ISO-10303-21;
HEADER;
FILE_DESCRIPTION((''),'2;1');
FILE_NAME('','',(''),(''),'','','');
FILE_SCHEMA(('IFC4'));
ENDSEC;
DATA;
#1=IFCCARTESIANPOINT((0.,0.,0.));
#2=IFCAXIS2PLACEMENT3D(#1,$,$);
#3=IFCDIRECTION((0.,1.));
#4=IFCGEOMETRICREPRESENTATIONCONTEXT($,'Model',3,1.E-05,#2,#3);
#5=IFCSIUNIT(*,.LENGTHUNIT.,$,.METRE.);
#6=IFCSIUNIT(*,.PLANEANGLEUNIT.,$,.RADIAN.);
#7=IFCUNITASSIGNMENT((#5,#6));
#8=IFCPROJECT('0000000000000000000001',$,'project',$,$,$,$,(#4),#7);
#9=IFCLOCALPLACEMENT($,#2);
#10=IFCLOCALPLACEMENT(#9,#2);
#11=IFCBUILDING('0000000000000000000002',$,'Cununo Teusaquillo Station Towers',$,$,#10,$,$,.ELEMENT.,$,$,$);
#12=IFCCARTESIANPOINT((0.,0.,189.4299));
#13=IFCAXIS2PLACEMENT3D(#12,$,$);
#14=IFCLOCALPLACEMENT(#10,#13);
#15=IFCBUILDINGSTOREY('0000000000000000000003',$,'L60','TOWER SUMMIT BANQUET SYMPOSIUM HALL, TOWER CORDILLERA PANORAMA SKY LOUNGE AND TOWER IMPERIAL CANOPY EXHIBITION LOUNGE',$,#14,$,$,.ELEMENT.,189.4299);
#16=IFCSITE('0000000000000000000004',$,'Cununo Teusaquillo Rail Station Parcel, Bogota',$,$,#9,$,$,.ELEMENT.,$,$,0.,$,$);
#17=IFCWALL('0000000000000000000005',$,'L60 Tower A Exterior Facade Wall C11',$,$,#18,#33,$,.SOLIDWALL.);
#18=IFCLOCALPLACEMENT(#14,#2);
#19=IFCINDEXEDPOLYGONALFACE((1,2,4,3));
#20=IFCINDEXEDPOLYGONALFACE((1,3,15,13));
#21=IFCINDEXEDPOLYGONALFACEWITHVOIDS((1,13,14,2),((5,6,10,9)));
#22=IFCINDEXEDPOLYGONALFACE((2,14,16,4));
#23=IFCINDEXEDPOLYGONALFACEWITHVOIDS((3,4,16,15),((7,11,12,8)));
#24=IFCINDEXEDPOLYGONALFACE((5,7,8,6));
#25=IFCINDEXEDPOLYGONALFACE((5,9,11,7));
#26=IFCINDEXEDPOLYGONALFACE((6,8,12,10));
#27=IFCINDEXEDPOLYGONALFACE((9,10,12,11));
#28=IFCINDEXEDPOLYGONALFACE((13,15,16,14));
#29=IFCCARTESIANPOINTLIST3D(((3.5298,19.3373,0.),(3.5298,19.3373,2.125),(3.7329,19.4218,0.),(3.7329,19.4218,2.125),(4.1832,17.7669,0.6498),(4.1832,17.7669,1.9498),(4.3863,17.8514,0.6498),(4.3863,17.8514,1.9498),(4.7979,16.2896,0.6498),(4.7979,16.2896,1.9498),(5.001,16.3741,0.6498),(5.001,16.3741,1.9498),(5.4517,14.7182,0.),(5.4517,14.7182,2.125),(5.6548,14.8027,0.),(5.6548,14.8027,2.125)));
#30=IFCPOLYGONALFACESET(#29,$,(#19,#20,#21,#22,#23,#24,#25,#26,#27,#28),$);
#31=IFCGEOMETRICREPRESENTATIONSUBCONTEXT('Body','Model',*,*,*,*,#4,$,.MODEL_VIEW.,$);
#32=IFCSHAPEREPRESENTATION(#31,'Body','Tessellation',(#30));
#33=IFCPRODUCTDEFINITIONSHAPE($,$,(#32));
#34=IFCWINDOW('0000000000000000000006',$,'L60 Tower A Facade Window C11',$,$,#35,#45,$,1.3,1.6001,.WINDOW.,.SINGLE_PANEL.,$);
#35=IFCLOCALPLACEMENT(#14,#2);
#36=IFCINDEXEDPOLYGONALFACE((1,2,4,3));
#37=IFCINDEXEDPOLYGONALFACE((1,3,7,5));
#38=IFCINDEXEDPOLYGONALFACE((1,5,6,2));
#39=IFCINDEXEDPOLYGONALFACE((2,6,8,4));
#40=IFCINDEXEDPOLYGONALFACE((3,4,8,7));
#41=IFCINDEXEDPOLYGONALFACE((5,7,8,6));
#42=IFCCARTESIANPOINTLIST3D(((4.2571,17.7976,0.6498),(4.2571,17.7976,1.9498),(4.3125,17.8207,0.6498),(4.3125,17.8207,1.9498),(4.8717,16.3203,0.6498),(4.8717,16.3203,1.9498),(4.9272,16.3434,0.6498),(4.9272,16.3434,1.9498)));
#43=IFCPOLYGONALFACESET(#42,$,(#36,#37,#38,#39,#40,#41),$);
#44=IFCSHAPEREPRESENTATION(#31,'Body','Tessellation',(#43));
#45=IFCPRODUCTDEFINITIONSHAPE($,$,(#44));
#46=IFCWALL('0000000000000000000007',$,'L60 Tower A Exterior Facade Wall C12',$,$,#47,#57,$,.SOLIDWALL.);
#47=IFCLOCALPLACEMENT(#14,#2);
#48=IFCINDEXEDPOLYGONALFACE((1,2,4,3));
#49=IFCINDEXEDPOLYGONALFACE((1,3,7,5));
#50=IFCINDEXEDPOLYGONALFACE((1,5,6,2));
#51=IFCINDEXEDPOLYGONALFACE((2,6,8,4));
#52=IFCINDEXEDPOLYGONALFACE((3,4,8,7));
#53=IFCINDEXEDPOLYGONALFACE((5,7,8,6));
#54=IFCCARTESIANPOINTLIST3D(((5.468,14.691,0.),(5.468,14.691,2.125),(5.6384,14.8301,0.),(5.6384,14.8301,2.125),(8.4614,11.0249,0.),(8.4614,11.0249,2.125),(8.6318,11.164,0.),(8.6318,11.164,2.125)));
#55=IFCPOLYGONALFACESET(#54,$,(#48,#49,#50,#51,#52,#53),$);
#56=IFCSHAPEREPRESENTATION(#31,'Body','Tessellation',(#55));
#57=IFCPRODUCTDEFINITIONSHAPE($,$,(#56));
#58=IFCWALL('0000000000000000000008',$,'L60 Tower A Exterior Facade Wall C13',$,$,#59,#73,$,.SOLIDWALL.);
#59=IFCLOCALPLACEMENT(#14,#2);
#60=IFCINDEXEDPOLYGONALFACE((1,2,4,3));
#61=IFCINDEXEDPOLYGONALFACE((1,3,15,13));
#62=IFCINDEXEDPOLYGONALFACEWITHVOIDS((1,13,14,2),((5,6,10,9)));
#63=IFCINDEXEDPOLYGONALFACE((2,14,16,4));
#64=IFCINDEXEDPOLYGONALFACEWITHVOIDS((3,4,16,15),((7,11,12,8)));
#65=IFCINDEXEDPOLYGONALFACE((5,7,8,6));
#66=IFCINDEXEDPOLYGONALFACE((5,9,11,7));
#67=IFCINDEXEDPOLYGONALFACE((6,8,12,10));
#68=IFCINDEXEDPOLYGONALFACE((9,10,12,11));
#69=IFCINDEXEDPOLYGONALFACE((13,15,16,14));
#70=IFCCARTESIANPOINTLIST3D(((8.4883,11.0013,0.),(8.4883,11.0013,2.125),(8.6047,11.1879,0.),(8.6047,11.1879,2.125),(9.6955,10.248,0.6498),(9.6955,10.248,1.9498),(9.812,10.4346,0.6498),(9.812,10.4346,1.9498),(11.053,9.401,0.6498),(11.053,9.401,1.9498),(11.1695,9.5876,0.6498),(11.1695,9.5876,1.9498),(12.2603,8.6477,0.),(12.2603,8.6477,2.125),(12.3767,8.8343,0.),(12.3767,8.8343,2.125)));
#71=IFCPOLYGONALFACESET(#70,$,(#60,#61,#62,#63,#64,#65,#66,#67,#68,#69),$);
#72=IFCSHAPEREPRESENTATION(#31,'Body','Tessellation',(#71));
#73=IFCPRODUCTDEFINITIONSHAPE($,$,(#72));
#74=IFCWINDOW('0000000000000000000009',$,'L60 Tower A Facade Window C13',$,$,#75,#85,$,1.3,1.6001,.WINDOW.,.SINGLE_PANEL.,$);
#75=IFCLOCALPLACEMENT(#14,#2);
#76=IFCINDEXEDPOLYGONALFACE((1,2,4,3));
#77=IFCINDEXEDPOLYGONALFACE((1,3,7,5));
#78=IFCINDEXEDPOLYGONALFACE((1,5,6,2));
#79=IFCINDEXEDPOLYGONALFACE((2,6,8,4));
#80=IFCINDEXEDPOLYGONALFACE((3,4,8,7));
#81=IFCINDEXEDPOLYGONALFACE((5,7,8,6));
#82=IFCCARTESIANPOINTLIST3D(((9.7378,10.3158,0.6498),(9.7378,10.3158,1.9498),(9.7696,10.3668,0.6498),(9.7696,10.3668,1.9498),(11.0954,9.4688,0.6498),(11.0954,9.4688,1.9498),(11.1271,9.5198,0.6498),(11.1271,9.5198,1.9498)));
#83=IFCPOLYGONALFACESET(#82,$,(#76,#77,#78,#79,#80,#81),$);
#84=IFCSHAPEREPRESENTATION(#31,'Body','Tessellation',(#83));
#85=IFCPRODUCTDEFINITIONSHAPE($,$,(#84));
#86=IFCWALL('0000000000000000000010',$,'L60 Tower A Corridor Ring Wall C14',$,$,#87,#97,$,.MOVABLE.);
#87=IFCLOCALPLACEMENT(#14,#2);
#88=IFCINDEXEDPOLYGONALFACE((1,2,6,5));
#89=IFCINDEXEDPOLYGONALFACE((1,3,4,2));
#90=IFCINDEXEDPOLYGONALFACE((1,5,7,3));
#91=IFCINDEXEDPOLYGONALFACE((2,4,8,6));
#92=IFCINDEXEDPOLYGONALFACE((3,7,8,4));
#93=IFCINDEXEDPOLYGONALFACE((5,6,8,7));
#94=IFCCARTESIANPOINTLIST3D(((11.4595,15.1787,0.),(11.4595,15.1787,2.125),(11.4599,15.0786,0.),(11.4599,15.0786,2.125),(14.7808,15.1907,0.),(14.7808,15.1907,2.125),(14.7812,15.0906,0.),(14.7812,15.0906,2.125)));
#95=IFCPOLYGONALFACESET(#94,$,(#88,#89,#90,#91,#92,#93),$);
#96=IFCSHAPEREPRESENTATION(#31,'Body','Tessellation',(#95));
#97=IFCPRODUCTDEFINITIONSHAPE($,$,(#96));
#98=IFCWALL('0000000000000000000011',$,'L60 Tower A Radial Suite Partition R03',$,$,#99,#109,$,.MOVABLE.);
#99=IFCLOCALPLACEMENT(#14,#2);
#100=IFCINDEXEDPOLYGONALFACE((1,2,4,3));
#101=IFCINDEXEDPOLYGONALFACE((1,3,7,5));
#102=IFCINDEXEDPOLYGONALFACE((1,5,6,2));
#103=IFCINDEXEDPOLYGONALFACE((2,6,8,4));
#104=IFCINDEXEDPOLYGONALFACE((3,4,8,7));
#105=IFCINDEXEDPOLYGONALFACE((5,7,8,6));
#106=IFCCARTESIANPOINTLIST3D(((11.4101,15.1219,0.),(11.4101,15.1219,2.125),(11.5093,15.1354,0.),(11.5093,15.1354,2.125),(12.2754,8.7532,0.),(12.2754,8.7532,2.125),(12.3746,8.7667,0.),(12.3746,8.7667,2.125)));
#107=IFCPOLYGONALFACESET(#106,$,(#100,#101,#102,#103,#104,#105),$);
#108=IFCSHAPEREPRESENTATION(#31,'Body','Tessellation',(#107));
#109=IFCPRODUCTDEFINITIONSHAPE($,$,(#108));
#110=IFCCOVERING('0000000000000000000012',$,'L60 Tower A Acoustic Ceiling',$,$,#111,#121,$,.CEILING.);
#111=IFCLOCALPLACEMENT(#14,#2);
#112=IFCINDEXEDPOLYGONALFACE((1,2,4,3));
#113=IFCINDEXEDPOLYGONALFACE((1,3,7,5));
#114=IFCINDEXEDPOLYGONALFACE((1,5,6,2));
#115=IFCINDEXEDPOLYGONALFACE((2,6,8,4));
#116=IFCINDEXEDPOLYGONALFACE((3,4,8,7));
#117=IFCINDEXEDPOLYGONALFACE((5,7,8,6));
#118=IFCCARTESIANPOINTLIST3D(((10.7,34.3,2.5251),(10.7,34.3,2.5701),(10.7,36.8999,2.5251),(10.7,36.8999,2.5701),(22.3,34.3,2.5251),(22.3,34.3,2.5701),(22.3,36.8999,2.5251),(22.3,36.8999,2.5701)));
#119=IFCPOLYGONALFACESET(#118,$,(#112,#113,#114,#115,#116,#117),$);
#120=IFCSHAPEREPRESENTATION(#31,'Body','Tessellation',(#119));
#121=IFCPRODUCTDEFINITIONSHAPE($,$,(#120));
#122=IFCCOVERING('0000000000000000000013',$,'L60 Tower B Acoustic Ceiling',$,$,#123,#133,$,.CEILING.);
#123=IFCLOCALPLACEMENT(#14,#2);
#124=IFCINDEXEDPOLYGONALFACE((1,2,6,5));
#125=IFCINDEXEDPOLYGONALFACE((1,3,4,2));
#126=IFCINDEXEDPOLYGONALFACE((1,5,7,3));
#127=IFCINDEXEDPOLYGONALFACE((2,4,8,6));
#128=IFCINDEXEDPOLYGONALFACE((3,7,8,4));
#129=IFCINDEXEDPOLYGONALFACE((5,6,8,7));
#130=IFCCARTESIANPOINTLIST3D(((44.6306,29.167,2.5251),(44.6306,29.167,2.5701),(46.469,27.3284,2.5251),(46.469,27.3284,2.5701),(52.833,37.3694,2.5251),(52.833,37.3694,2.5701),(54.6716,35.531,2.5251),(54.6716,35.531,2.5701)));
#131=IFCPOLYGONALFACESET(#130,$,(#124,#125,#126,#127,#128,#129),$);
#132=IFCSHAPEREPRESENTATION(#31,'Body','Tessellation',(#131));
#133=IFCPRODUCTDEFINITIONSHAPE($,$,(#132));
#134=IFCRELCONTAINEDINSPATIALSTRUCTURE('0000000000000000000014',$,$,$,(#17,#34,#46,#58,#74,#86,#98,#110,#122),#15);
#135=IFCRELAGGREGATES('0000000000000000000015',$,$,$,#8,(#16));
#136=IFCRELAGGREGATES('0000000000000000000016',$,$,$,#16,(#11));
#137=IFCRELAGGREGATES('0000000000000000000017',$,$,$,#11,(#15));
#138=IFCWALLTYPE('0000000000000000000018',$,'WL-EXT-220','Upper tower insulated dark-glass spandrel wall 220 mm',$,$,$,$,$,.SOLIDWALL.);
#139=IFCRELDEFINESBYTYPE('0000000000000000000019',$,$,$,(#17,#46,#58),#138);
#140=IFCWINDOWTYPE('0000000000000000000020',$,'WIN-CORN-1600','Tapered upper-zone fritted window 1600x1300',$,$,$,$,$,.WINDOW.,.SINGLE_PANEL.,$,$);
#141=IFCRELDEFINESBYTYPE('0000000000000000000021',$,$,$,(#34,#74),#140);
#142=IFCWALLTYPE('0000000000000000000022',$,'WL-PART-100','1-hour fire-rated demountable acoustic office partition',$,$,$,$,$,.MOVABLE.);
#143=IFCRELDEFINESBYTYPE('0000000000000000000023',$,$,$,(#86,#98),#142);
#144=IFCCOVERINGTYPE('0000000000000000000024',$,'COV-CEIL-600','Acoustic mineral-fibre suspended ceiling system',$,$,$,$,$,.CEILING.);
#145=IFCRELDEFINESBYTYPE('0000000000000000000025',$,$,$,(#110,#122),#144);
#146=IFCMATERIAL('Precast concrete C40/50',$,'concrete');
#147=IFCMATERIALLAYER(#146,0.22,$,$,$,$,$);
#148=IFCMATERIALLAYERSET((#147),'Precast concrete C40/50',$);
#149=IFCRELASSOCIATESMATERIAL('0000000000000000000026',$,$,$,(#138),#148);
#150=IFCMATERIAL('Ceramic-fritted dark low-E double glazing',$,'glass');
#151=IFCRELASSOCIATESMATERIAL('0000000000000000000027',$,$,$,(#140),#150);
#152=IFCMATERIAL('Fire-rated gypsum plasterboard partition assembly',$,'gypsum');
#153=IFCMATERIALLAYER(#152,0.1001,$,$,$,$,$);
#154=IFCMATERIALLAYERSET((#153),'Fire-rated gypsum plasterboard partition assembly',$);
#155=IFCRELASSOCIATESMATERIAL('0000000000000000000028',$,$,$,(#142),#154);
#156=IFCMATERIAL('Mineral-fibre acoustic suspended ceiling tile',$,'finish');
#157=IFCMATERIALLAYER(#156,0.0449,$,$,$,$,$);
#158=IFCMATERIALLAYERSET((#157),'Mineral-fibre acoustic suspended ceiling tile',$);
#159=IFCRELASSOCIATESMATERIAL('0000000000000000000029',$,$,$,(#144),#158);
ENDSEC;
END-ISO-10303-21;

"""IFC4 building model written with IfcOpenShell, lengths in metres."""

from ifc_helpers import new_model, si_unit, direction, frame, frame_2d, origin, place, context, subcontext, project, spatial, polyline, rectangle, outline, extrude, source, transform, mapped, material, layer, layer_set, type_object, element, fill, save


model = new_model("IFC4")

# Units and contexts
model_context = context("Model", 3, precision=1e-05, world=origin(), true_north=direction((0.0, 1.0)))
body_context = subcontext(model_context, "Body", "Model", "MODEL_VIEW")
ifc_project = project(units=[si_unit("LENGTHUNIT", "METRE"), si_unit("PLANEANGLEUNIT", "RADIAN")], contexts=[model_context])

# Site, building, storey
site_placement = place(None, origin())
site = spatial("IfcSite", under=ifc_project, at=site_placement, Name="Cununo Teusaquillo Rail Station Parcel, Bogota", CompositionType="ELEMENT", RefElevation=0.0)
building_placement = place(site_placement, origin())
building = spatial("IfcBuilding", under=site, at=building_placement, Name="Cununo Teusaquillo Station Towers", CompositionType="ELEMENT")
storey_placement = place(building_placement, frame((0.0, 0.0, 189.4299)))
storey = spatial("IfcBuildingStorey", under=building, at=storey_placement, Name="L60", Description="TOWER SUMMIT BANQUET SYMPOSIUM HALL, TOWER CORDILLERA PANORAMA SKY LOUNGE AND TOWER IMPERIAL CANOPY EXHIBITION LOUNGE", CompositionType="ELEMENT", Elevation=189.4299)

# Wall, opening, window
ifc_material_1 = material(Name="Precast concrete C40/50", Category="concrete")
ifc_layer_1 = layer(ifc_material_1, 0.22)
ifc_layer_set_1 = layer_set([ifc_layer_1], Name="Precast concrete C40/50")
wall_type_1 = type_object("IfcWallType", Name="WL-EXT-220", Description="Upper tower insulated dark-glass spandrel wall 220 mm", PredefinedType="SOLIDWALL", material=ifc_layer_set_1)
wall_1_placement = place(storey_placement, frame((5.5532, 14.7605, 0.0), z_axis=(0.0, 0.0, 1.0), x_axis=(-0.384144, 0.923273, 0.0)))
wall_1 = element("IfcWall", 1, at=wall_1_placement, inside=storey, type_object=wall_type_1, Name="L60 Tower A Exterior Facade Wall C11", PredefinedType="SOLIDWALL", context=body_context, shape_type="SweptSolid", body=[
    extrude(rectangle(XDim=5.0029, YDim=0.22, at=frame_2d((2.5015, 0.0))), origin(), (0.0, 0.0, 1.0), 2.125),
])
shared_shape_1 = source(origin(), body_context, "Body", "SweptSolid", [
    extrude(rectangle(XDim=1.6001, YDim=1.3, at=frame_2d((0.8, 0.6499))), frame((0.0, 0.1199, 0.0), z_axis=(0.0, -1.0, 0.0), x_axis=(1.0, 0.0, 0.0)), (0.0, 0.0, 1.0), 0.24),
])
opening_1_placement = place(wall_1_placement, frame((1.7019, 0.0, 0.6499)))
opening_1 = element("IfcOpeningElement", 2, at=opening_1_placement, cuts=wall_1, PredefinedType="OPENING", context=body_context, shape_type="MappedRepresentation", body=[
    mapped(shared_shape_1, transform((0.0, 0.0, 0.0), x_axis=(1.0, 0.0, 0.0), y_axis=(0.0, 1.0, 0.0), z_axis=(0.0, 0.0, 1.0), scale=1.0)),
])
ifc_material_2 = material(Name="Ceramic-fritted dark low-E double glazing", Category="glass")
window_type = type_object("IfcWindowType", Name="WIN-CORN-1600", Description="Tapered upper-zone fritted window 1600x1300", PartitioningType="SINGLE_PANEL", PredefinedType="WINDOW", material=ifc_material_2)
shared_shape_2 = source(origin(), body_context, "Body", "SweptSolid", [
    extrude(rectangle(XDim=1.6001, YDim=1.3, at=frame_2d((0.8, 0.6499))), frame((0.0, 0.03, 0.0), z_axis=(0.0, -1.0, 0.0), x_axis=(1.0, 0.0, 0.0)), (0.0, 0.0, 1.0), 0.0601),
])
window_1_placement = place(opening_1_placement, origin())
window_1 = element("IfcWindow", 3, at=window_1_placement, inside=storey, type_object=window_type, Name="L60 Tower A Facade Window C11", OverallHeight=1.3, OverallWidth=1.6001, PartitioningType="SINGLE_PANEL", PredefinedType="WINDOW", context=body_context, shape_type="MappedRepresentation", body=[
    mapped(shared_shape_2, transform((0.0, 0.0, 0.0), x_axis=(1.0, 0.0, 0.0), y_axis=(0.0, 1.0, 0.0), z_axis=(0.0, 0.0, 1.0), scale=1.0)),
])
fill(opening_1, window_1)

# Wall
wall_2_placement = place(storey_placement, frame((8.5466, 11.0945, 0.0), z_axis=(0.0, 0.0, 1.0), x_axis=(-0.632471, 0.774584, 0.0)))
element("IfcWall", 4, at=wall_2_placement, inside=storey, type_object=wall_type_1, Name="L60 Tower A Exterior Facade Wall C12", PredefinedType="SOLIDWALL", context=body_context, shape_type="SweptSolid", body=[
    extrude(rectangle(XDim=4.7329, YDim=0.22, at=frame_2d((2.3665, 0.0))), origin(), (0.0, 0.0, 1.0), 2.125),
])

# Wall, opening, window
wall_3_placement = place(storey_placement, frame((12.3186, 8.741, 0.0), z_axis=(0.0, 0.0, 1.0), x_axis=(-0.848399, 0.529357, 0.0)))
wall_3 = element("IfcWall", 5, at=wall_3_placement, inside=storey, type_object=wall_type_1, Name="L60 Tower A Exterior Facade Wall C13", PredefinedType="SOLIDWALL", context=body_context, shape_type="SweptSolid", body=[
    extrude(rectangle(XDim=4.446, YDim=0.22, at=frame_2d((2.2231, 0.0))), origin(), (0.0, 0.0, 1.0), 2.125),
])
opening_2_placement = place(wall_3_placement, frame((1.4231, 0.0, 0.6499)))
opening_2 = element("IfcOpeningElement", 6, at=opening_2_placement, cuts=wall_3, PredefinedType="OPENING", context=body_context, shape_type="MappedRepresentation", body=[
    mapped(shared_shape_1, transform((0.0, 0.0, 0.0), x_axis=(1.0, 0.0, 0.0), y_axis=(0.0, 1.0, 0.0), z_axis=(0.0, 0.0, 1.0), scale=1.0)),
])
window_2_placement = place(opening_2_placement, origin())
window_2 = element("IfcWindow", 7, at=window_2_placement, inside=storey, type_object=window_type, Name="L60 Tower A Facade Window C13", OverallHeight=1.3, OverallWidth=1.6001, PartitioningType="SINGLE_PANEL", PredefinedType="WINDOW", context=body_context, shape_type="MappedRepresentation", body=[
    mapped(shared_shape_2, transform((0.0, 0.0, 0.0), x_axis=(1.0, 0.0, 0.0), y_axis=(0.0, 1.0, 0.0), z_axis=(0.0, 0.0, 1.0), scale=1.0)),
])
fill(opening_2, window_2)

# Walls
ifc_material_3 = material(Name="Fire-rated gypsum plasterboard partition assembly", Category="gypsum")
ifc_layer_2 = layer(ifc_material_3, 0.1001)
ifc_layer_set_2 = layer_set([ifc_layer_2], Name="Fire-rated gypsum plasterboard partition assembly")
wall_type_2 = type_object("IfcWallType", Name="WL-PART-100", Description="1-hour fire-rated demountable acoustic office partition", PredefinedType="MOVABLE", material=ifc_layer_set_2)
wall_4_placement = place(storey_placement, frame((11.4597, 15.1287, 0.0), z_axis=(0.0, 0.0, 1.0), x_axis=(0.999994, 0.003602, 0.0)))
element("IfcWall", 8, at=wall_4_placement, inside=storey, type_object=wall_type_2, Name="L60 Tower A Corridor Ring Wall C14", PredefinedType="MOVABLE", context=body_context, shape_type="SweptSolid", body=[
    extrude(rectangle(XDim=3.3213, YDim=0.1001, at=frame_2d((1.6606, 0.0))), origin(), (0.0, 0.0, 1.0), 2.125),
])
wall_5_placement = place(storey_placement, frame((11.4597, 15.1287, 0.0), z_axis=(0.0, 0.0, 1.0), x_axis=(0.134622, -0.990897, 0.0)))
element("IfcWall", 9, at=wall_5_placement, inside=storey, type_object=wall_type_2, Name="L60 Tower A Radial Suite Partition R03", PredefinedType="MOVABLE", context=body_context, shape_type="SweptSolid", body=[
    extrude(rectangle(XDim=6.4272, YDim=0.1001, at=frame_2d((3.2136, 0.0))), origin(), (0.0, 0.0, 1.0), 2.125),
])

# Coverings
ifc_material_4 = material(Name="Mineral-fibre acoustic suspended ceiling tile", Category="finish")
ifc_layer_3 = layer(ifc_material_4, 0.0449)
ifc_layer_set_3 = layer_set([ifc_layer_3], Name="Mineral-fibre acoustic suspended ceiling tile")
covering_type = type_object("IfcCoveringType", Name="COV-CEIL-600", Description="Acoustic mineral-fibre suspended ceiling system", PredefinedType="CEILING", material=ifc_layer_set_3)
covering_1_placement = place(storey_placement, frame((0.0, 0.0, 2.5251)))
element("IfcCovering", 10, at=covering_1_placement, inside=storey, type_object=covering_type, Name="L60 Tower A Acoustic Ceiling", PredefinedType="CEILING", context=body_context, shape_type="SweptSolid", body=[
    extrude(outline(polyline([(22.3, 36.8999), (22.3, 34.3), (10.7, 34.3), (10.7, 36.8999), (22.3, 36.8999)])), origin(), (0.0, 0.0, 1.0), 0.0449),
])
covering_2_placement = place(storey_placement, frame((0.0, 0.0, 2.5251)))
element("IfcCovering", 11, at=covering_2_placement, inside=storey, type_object=covering_type, Name="L60 Tower B Acoustic Ceiling", PredefinedType="CEILING", context=body_context, shape_type="SweptSolid", body=[
    extrude(outline(polyline([(52.833, 37.3694), (54.6716, 35.531), (46.469, 27.3284), (44.6306, 29.167), (52.833, 37.3694)])), origin(), (0.0, 0.0, 1.0), 0.0449),
])

save(model, "model.ifc")
